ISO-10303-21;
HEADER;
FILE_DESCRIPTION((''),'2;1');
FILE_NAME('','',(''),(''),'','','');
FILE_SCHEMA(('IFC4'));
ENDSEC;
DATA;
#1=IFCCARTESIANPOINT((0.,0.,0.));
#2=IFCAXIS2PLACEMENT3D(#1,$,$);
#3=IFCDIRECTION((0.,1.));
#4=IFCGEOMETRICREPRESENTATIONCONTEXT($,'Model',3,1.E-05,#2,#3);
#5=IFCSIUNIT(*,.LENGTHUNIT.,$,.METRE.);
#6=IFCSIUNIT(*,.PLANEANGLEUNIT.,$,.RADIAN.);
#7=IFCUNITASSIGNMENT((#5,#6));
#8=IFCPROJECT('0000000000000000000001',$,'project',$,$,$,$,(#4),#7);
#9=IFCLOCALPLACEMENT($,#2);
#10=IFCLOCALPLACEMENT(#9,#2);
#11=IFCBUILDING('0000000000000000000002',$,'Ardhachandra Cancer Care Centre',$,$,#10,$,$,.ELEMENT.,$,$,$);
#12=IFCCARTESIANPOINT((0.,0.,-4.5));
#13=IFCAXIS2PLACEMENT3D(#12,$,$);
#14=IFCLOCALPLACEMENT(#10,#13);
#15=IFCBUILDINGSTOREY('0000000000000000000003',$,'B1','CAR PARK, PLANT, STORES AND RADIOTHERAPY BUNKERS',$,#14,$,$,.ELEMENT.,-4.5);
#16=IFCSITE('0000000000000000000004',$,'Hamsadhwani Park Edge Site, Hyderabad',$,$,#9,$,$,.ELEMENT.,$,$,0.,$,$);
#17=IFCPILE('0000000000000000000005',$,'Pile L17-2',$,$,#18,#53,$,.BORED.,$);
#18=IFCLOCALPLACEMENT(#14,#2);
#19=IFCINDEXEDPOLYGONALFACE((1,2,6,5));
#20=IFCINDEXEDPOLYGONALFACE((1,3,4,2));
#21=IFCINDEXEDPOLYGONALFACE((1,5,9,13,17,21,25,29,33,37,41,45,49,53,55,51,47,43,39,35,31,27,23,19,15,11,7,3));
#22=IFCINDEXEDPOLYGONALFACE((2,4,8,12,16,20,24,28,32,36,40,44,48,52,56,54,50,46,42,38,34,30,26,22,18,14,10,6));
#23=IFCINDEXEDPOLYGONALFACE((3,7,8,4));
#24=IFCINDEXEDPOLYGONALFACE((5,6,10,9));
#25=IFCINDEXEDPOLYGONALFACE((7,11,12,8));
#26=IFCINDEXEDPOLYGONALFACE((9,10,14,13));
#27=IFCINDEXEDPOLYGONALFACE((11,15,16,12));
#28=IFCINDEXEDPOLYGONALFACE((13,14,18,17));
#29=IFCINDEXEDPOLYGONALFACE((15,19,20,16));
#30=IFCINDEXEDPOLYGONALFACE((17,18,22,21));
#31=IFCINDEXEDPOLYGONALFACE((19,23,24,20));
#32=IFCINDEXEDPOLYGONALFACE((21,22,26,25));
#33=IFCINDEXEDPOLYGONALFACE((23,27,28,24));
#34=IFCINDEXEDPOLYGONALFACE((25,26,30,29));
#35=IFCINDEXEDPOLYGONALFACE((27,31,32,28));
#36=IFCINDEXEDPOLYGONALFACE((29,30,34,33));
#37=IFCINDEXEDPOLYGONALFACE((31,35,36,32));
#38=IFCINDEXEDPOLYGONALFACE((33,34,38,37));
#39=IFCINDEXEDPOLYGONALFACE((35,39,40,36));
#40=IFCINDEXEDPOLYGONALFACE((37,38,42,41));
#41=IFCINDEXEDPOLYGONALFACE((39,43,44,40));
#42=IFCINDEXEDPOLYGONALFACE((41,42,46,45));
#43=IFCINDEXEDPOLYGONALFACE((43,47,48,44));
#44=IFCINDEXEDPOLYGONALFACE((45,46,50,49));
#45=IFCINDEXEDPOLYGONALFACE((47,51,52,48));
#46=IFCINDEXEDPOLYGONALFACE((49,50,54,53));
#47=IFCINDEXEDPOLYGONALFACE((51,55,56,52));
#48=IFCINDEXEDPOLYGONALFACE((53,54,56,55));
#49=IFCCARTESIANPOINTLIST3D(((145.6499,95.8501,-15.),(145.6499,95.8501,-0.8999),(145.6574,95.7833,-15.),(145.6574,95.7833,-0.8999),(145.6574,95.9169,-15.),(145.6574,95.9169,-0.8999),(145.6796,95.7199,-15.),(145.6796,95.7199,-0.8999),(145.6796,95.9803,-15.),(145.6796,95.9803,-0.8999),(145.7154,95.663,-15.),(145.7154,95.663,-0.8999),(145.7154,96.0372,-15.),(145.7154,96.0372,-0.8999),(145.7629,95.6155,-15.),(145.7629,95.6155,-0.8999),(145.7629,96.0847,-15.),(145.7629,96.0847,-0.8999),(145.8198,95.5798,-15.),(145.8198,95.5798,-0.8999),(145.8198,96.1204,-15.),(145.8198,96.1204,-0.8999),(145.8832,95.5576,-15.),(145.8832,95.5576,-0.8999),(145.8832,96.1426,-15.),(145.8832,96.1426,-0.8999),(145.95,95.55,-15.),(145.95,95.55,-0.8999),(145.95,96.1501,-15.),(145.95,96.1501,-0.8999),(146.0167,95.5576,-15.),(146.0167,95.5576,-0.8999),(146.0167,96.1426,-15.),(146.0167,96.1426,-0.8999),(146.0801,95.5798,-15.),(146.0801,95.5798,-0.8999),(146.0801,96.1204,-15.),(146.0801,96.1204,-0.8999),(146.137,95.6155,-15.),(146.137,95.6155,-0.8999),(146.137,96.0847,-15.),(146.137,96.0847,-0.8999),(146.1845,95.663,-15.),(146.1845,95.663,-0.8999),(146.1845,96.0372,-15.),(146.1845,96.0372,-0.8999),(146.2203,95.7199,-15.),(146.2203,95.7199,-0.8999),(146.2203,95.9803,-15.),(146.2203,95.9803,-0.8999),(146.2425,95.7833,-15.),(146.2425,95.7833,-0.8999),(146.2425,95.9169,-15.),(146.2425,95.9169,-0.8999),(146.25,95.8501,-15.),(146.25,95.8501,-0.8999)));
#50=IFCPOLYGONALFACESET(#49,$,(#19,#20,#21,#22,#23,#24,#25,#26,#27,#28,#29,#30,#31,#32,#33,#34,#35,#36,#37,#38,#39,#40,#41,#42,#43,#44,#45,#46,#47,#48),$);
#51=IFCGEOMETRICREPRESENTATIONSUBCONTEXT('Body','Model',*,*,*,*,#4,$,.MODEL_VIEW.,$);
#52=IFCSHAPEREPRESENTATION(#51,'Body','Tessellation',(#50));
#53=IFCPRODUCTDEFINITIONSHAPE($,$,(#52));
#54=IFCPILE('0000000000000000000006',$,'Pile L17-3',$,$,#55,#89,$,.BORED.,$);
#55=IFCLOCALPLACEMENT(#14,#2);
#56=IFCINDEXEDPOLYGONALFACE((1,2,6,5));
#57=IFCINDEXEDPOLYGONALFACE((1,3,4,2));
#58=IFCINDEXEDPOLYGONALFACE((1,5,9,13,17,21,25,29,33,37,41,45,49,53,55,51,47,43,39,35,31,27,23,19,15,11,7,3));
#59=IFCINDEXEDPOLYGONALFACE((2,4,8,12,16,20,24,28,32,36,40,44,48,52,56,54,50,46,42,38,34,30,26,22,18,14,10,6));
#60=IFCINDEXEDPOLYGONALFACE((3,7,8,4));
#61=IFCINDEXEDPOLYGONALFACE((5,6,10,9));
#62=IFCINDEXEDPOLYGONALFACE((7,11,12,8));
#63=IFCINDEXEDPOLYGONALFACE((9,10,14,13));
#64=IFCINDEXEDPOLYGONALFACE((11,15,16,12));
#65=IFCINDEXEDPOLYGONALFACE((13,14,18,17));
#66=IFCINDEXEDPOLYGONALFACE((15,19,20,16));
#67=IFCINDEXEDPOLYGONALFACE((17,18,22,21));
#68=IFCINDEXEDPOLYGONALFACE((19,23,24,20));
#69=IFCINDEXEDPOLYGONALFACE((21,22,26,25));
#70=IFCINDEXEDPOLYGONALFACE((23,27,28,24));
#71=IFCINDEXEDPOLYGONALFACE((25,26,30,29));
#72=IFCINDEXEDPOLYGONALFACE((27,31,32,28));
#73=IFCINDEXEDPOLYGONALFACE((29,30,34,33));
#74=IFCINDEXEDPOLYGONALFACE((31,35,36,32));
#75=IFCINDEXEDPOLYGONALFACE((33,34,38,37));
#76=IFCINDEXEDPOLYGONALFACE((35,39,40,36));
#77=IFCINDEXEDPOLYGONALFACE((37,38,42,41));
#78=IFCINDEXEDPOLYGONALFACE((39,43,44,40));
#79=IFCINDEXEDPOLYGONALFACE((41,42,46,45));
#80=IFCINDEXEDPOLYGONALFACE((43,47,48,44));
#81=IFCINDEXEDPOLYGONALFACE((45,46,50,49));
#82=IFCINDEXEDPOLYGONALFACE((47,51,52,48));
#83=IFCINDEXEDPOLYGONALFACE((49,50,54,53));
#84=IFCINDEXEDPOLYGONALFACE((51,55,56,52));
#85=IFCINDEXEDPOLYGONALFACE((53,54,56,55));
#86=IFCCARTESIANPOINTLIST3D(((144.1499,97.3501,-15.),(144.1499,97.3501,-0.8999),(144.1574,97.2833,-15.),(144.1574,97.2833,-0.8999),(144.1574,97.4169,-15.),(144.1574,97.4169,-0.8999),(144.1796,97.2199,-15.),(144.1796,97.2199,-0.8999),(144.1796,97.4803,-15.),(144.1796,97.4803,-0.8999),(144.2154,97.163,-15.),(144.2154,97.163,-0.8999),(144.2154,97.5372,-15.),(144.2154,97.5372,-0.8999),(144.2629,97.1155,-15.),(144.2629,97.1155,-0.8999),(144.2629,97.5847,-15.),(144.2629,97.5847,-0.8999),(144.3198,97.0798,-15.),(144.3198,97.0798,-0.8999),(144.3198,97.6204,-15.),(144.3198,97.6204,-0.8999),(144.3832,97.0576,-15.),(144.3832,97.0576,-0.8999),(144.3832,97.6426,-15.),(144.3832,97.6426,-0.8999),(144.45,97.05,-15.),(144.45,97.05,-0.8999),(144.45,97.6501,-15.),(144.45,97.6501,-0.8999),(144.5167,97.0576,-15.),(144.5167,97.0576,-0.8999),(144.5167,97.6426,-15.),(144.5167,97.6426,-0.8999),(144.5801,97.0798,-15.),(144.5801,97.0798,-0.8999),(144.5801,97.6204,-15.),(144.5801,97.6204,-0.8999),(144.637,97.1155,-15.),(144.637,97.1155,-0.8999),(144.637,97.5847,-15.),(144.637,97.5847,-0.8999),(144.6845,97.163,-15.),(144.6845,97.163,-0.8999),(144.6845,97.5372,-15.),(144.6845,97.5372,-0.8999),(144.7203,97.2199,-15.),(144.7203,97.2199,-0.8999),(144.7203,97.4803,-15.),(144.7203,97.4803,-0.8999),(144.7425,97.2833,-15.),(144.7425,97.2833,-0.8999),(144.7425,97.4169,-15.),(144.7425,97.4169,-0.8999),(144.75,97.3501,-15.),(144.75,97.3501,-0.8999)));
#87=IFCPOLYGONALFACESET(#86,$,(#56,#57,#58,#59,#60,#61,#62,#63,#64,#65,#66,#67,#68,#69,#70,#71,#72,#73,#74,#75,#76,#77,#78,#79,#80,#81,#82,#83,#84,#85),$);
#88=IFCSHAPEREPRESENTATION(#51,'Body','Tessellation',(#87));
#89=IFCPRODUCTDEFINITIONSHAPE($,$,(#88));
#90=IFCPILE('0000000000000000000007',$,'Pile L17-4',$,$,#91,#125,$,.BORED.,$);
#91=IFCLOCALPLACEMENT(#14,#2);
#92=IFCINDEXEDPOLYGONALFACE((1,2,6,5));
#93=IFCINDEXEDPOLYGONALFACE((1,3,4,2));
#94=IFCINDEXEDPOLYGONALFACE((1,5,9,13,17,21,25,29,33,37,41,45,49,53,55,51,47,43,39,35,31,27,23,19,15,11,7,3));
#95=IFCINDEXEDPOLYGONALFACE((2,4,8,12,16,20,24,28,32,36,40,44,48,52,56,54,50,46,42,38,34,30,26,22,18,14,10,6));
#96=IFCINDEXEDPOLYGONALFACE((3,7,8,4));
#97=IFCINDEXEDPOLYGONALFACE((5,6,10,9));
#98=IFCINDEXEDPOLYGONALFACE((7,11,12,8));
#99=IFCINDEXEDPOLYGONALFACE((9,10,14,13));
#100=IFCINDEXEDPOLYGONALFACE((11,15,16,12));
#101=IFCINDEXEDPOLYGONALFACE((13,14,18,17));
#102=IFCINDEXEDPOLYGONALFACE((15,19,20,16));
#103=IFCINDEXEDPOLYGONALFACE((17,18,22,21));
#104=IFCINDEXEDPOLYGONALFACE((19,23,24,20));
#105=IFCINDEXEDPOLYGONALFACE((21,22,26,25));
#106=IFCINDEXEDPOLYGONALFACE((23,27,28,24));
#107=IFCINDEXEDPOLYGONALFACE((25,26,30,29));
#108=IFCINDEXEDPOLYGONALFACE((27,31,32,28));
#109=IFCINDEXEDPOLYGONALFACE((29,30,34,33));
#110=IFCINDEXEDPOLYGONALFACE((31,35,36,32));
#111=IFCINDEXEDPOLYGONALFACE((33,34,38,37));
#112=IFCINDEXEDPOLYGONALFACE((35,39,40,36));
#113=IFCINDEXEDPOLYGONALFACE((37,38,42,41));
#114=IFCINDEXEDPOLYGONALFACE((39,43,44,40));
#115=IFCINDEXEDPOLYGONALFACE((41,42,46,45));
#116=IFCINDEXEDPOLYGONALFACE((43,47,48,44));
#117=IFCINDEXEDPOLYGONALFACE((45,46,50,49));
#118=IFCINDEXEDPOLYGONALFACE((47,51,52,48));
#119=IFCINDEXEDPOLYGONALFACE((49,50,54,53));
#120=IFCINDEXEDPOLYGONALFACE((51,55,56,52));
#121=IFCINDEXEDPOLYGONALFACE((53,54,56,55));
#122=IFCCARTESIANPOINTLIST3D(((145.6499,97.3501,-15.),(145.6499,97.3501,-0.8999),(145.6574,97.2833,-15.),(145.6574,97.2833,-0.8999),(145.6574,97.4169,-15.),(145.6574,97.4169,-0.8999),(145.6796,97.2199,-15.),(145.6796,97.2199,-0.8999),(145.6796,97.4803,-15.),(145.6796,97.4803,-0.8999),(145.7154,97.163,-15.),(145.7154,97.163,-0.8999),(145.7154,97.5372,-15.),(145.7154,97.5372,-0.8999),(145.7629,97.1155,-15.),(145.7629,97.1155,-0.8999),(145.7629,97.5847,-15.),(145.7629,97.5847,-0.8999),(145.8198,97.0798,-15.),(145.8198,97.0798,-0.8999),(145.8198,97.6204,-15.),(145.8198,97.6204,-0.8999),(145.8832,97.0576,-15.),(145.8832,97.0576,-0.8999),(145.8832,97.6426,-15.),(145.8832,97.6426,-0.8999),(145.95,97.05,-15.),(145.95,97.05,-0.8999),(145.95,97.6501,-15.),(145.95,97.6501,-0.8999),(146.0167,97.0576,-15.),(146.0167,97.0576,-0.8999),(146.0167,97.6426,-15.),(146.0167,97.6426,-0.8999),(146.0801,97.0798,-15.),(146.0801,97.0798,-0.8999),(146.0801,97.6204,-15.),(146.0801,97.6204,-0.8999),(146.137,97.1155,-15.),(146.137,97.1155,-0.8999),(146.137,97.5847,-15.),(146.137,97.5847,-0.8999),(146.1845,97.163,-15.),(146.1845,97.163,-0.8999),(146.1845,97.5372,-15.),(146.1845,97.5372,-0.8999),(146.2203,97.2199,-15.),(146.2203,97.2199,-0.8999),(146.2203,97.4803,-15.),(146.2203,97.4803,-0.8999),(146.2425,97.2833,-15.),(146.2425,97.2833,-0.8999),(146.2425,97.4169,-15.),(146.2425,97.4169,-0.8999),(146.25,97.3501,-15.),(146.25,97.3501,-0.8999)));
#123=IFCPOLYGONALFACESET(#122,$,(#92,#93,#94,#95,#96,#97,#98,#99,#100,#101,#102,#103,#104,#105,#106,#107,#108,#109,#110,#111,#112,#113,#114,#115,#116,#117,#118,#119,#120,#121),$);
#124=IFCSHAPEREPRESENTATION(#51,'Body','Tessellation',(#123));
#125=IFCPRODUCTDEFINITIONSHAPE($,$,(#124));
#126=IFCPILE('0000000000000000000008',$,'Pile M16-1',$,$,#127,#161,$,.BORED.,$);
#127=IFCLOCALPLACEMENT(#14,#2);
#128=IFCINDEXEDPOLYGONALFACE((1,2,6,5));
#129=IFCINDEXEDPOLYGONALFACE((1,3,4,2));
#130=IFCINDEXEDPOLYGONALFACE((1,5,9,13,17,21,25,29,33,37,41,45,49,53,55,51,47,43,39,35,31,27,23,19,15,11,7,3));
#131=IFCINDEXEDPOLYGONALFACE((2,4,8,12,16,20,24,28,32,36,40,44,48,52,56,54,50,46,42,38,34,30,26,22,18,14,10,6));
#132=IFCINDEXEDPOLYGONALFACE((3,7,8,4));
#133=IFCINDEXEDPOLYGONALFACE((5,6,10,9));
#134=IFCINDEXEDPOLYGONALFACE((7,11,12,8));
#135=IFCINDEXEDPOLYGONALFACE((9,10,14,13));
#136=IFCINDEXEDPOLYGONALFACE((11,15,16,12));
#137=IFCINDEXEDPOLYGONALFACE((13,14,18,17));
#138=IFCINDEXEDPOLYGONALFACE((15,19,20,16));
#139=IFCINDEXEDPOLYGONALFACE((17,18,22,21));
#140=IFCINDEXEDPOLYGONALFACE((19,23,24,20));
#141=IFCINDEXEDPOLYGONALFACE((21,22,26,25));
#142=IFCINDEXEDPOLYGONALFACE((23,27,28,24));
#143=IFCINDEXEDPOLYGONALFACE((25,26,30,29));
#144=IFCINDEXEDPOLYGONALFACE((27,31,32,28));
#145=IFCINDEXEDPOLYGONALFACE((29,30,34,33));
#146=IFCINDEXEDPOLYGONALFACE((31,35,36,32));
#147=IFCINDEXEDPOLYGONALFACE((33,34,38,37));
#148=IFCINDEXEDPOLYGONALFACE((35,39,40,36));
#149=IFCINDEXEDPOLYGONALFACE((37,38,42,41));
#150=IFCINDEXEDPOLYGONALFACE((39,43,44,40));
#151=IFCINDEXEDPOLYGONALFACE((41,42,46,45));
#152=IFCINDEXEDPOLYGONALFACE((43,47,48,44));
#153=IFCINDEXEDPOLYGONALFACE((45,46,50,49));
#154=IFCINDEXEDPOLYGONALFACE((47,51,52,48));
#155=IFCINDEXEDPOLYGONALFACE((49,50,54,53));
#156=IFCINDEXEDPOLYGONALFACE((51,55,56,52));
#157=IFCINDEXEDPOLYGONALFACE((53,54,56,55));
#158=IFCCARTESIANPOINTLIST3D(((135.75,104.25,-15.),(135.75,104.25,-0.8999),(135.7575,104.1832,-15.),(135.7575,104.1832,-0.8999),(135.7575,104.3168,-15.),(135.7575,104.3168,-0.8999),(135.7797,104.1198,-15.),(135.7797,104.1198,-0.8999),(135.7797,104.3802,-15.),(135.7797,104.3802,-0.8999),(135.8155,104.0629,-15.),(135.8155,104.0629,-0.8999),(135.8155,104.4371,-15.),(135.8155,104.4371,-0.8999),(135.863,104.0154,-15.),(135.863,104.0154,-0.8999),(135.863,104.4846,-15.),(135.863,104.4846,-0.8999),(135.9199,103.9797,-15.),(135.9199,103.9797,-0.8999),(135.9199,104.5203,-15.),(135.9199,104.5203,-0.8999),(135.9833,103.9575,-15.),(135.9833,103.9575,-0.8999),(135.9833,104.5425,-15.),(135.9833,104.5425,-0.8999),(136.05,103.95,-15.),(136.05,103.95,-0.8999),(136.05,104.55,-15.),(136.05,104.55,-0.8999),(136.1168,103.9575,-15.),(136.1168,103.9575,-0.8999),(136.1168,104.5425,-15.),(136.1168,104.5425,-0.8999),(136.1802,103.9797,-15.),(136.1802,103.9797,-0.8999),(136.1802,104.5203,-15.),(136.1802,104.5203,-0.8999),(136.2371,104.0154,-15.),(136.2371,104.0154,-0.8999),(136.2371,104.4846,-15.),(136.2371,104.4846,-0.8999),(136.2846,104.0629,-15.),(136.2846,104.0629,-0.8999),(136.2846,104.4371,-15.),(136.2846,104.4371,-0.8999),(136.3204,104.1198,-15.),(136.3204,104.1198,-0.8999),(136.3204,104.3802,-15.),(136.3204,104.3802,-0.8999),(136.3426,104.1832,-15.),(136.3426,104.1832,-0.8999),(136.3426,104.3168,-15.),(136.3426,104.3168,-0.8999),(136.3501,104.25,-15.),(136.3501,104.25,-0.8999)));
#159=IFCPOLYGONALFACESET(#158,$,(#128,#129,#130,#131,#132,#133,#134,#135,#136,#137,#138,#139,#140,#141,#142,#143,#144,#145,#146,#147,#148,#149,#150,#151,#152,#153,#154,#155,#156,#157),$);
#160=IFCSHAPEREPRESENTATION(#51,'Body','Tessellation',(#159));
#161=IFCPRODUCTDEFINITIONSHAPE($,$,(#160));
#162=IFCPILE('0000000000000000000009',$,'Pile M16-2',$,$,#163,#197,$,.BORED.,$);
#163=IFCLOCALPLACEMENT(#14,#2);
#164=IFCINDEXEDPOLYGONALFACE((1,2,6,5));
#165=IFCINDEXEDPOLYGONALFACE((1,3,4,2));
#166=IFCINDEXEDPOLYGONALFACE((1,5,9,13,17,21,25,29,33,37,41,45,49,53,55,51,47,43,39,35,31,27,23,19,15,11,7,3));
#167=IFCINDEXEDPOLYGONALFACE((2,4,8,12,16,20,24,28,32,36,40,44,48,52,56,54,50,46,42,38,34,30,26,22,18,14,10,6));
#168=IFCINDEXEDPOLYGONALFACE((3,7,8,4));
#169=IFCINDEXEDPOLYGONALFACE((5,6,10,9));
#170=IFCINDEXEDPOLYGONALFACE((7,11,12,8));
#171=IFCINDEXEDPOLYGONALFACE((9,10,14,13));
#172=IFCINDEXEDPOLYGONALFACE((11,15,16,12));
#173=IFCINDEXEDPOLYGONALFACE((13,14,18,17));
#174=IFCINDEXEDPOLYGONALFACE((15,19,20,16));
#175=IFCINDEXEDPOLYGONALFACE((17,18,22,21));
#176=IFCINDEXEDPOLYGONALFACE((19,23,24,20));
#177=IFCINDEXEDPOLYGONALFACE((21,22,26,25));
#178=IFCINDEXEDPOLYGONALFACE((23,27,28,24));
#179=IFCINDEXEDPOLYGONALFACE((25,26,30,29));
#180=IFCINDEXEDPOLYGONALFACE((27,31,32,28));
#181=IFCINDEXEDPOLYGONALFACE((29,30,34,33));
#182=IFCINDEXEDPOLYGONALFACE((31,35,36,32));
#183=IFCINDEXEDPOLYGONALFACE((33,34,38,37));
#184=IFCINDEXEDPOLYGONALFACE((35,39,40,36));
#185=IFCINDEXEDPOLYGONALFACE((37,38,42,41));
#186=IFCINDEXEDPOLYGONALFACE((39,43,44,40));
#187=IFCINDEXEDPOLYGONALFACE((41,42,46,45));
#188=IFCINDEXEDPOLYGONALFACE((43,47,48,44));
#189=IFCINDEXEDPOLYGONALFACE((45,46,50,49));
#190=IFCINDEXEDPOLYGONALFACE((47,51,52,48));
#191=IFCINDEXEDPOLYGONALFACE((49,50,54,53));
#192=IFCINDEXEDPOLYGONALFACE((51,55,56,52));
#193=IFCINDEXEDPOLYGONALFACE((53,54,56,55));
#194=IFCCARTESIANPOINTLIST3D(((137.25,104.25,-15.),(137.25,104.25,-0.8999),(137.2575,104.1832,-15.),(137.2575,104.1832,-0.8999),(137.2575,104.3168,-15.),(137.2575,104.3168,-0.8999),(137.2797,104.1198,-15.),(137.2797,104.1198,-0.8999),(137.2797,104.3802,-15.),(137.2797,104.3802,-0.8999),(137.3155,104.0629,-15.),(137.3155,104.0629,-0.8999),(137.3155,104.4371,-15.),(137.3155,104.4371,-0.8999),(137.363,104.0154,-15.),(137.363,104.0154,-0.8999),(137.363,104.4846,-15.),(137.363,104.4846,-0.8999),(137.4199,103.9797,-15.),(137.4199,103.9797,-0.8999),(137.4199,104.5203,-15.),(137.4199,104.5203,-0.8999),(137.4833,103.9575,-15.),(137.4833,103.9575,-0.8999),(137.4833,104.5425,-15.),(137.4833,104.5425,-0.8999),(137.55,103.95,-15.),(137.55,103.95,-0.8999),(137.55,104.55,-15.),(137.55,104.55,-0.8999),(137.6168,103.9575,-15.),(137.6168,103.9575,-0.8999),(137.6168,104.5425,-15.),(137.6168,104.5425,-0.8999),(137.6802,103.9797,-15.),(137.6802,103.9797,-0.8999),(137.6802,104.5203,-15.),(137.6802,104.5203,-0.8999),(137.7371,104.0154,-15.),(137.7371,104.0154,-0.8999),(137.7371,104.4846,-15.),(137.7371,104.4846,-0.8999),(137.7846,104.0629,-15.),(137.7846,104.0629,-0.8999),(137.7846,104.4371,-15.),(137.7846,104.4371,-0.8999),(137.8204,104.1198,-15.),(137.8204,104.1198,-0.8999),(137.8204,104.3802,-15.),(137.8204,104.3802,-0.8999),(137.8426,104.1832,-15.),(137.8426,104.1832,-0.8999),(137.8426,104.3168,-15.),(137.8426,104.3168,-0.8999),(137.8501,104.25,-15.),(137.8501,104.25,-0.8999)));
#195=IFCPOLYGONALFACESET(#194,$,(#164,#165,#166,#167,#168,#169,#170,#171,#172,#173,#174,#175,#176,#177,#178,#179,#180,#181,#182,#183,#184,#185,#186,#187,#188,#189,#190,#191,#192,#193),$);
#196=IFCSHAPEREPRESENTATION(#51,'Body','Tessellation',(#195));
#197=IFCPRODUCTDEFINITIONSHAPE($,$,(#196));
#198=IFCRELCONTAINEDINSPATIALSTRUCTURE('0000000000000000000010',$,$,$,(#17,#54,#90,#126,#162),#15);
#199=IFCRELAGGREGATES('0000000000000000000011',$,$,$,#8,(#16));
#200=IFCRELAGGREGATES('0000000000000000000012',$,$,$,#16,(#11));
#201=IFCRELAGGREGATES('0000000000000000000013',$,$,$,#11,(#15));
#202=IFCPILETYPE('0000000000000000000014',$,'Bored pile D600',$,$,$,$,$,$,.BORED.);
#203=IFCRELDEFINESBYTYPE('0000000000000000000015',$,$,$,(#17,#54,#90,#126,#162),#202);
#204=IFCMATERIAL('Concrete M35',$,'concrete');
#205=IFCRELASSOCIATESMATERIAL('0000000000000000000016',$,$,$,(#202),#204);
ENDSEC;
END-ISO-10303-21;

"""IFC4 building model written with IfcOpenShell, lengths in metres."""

from ifc_helpers import new_model, si_unit, direction, frame, origin, origin_2d, place, context, subcontext, project, spatial, circle, extrude, material, material_profile, profile_set, type_object, element, save


model = new_model("IFC4")

# Units and contexts
model_context = context("Model", 3, precision=1e-05, world=origin(), true_north=direction((0.0, 1.0)))
body_context = subcontext(model_context, "Body", "Model", "MODEL_VIEW")
ifc_project = project(units=[si_unit("LENGTHUNIT", "METRE"), si_unit("PLANEANGLEUNIT", "RADIAN")], contexts=[model_context])

# Site, building, storey
site_placement = place(None, origin())
site = spatial("IfcSite", under=ifc_project, at=site_placement, Name="Hamsadhwani Park Edge Site, Hyderabad", CompositionType="ELEMENT", RefElevation=0.0)
building_placement = place(site_placement, origin())
building = spatial("IfcBuilding", under=site, at=building_placement, Name="Ardhachandra Cancer Care Centre", CompositionType="ELEMENT")
storey_placement = place(building_placement, frame((0.0, 0.0, -4.5)))
storey = spatial("IfcBuildingStorey", under=building, at=storey_placement, Name="B1", Description="CAR PARK, PLANT, STORES AND RADIOTHERAPY BUNKERS", CompositionType="ELEMENT", Elevation=-4.5)

# Piles
ifc_material_1 = material(Name="Concrete M35", Category="concrete")
ifc_material_profile_1 = material_profile(ifc_material_1, circle(Radius=0.3, at=origin_2d()), Name="D600")
ifc_profile_set_1 = profile_set([ifc_material_profile_1], Name="Concrete M35")
pile_type = type_object("IfcPileType", Name="Bored pile D600", PredefinedType="BORED", material=ifc_profile_set_1)
for number, where, z_axis, x_axis, name in (
    (1, (145.95, 95.8501, -0.8999), (0.0, 0.0, -1.0), (1.0, 0.0, 0.0), "Pile L17-2"),
    (2, (144.45, 97.3501, -0.8999), (0.0, 0.0, -1.0), (1.0, 0.0, 0.0), "Pile L17-3"),
    (3, (145.95, 97.3501, -0.8999), (0.0, 0.0, -1.0), (1.0, 0.0, 0.0), "Pile L17-4"),
    (4, (136.05, 104.25, -0.8999), (0.0, 0.0, -1.0), (1.0, 0.0, 0.0), "Pile M16-1"),
    (5, (137.55, 104.25, -0.8999), (0.0, 0.0, -1.0), (1.0, 0.0, 0.0), "Pile M16-2"),
):
    element("IfcPile", number, at=place(storey_placement, frame(where, z_axis=z_axis, x_axis=x_axis)), inside=storey, type_object=pile_type, Name=name, PredefinedType="BORED", context=body_context, shape_type="SweptSolid", body=[
        extrude(circle(Radius=0.3, at=origin_2d()), origin(), (0.0, 0.0, 1.0), 14.1001),
    ])

save(model, "model.ifc")
